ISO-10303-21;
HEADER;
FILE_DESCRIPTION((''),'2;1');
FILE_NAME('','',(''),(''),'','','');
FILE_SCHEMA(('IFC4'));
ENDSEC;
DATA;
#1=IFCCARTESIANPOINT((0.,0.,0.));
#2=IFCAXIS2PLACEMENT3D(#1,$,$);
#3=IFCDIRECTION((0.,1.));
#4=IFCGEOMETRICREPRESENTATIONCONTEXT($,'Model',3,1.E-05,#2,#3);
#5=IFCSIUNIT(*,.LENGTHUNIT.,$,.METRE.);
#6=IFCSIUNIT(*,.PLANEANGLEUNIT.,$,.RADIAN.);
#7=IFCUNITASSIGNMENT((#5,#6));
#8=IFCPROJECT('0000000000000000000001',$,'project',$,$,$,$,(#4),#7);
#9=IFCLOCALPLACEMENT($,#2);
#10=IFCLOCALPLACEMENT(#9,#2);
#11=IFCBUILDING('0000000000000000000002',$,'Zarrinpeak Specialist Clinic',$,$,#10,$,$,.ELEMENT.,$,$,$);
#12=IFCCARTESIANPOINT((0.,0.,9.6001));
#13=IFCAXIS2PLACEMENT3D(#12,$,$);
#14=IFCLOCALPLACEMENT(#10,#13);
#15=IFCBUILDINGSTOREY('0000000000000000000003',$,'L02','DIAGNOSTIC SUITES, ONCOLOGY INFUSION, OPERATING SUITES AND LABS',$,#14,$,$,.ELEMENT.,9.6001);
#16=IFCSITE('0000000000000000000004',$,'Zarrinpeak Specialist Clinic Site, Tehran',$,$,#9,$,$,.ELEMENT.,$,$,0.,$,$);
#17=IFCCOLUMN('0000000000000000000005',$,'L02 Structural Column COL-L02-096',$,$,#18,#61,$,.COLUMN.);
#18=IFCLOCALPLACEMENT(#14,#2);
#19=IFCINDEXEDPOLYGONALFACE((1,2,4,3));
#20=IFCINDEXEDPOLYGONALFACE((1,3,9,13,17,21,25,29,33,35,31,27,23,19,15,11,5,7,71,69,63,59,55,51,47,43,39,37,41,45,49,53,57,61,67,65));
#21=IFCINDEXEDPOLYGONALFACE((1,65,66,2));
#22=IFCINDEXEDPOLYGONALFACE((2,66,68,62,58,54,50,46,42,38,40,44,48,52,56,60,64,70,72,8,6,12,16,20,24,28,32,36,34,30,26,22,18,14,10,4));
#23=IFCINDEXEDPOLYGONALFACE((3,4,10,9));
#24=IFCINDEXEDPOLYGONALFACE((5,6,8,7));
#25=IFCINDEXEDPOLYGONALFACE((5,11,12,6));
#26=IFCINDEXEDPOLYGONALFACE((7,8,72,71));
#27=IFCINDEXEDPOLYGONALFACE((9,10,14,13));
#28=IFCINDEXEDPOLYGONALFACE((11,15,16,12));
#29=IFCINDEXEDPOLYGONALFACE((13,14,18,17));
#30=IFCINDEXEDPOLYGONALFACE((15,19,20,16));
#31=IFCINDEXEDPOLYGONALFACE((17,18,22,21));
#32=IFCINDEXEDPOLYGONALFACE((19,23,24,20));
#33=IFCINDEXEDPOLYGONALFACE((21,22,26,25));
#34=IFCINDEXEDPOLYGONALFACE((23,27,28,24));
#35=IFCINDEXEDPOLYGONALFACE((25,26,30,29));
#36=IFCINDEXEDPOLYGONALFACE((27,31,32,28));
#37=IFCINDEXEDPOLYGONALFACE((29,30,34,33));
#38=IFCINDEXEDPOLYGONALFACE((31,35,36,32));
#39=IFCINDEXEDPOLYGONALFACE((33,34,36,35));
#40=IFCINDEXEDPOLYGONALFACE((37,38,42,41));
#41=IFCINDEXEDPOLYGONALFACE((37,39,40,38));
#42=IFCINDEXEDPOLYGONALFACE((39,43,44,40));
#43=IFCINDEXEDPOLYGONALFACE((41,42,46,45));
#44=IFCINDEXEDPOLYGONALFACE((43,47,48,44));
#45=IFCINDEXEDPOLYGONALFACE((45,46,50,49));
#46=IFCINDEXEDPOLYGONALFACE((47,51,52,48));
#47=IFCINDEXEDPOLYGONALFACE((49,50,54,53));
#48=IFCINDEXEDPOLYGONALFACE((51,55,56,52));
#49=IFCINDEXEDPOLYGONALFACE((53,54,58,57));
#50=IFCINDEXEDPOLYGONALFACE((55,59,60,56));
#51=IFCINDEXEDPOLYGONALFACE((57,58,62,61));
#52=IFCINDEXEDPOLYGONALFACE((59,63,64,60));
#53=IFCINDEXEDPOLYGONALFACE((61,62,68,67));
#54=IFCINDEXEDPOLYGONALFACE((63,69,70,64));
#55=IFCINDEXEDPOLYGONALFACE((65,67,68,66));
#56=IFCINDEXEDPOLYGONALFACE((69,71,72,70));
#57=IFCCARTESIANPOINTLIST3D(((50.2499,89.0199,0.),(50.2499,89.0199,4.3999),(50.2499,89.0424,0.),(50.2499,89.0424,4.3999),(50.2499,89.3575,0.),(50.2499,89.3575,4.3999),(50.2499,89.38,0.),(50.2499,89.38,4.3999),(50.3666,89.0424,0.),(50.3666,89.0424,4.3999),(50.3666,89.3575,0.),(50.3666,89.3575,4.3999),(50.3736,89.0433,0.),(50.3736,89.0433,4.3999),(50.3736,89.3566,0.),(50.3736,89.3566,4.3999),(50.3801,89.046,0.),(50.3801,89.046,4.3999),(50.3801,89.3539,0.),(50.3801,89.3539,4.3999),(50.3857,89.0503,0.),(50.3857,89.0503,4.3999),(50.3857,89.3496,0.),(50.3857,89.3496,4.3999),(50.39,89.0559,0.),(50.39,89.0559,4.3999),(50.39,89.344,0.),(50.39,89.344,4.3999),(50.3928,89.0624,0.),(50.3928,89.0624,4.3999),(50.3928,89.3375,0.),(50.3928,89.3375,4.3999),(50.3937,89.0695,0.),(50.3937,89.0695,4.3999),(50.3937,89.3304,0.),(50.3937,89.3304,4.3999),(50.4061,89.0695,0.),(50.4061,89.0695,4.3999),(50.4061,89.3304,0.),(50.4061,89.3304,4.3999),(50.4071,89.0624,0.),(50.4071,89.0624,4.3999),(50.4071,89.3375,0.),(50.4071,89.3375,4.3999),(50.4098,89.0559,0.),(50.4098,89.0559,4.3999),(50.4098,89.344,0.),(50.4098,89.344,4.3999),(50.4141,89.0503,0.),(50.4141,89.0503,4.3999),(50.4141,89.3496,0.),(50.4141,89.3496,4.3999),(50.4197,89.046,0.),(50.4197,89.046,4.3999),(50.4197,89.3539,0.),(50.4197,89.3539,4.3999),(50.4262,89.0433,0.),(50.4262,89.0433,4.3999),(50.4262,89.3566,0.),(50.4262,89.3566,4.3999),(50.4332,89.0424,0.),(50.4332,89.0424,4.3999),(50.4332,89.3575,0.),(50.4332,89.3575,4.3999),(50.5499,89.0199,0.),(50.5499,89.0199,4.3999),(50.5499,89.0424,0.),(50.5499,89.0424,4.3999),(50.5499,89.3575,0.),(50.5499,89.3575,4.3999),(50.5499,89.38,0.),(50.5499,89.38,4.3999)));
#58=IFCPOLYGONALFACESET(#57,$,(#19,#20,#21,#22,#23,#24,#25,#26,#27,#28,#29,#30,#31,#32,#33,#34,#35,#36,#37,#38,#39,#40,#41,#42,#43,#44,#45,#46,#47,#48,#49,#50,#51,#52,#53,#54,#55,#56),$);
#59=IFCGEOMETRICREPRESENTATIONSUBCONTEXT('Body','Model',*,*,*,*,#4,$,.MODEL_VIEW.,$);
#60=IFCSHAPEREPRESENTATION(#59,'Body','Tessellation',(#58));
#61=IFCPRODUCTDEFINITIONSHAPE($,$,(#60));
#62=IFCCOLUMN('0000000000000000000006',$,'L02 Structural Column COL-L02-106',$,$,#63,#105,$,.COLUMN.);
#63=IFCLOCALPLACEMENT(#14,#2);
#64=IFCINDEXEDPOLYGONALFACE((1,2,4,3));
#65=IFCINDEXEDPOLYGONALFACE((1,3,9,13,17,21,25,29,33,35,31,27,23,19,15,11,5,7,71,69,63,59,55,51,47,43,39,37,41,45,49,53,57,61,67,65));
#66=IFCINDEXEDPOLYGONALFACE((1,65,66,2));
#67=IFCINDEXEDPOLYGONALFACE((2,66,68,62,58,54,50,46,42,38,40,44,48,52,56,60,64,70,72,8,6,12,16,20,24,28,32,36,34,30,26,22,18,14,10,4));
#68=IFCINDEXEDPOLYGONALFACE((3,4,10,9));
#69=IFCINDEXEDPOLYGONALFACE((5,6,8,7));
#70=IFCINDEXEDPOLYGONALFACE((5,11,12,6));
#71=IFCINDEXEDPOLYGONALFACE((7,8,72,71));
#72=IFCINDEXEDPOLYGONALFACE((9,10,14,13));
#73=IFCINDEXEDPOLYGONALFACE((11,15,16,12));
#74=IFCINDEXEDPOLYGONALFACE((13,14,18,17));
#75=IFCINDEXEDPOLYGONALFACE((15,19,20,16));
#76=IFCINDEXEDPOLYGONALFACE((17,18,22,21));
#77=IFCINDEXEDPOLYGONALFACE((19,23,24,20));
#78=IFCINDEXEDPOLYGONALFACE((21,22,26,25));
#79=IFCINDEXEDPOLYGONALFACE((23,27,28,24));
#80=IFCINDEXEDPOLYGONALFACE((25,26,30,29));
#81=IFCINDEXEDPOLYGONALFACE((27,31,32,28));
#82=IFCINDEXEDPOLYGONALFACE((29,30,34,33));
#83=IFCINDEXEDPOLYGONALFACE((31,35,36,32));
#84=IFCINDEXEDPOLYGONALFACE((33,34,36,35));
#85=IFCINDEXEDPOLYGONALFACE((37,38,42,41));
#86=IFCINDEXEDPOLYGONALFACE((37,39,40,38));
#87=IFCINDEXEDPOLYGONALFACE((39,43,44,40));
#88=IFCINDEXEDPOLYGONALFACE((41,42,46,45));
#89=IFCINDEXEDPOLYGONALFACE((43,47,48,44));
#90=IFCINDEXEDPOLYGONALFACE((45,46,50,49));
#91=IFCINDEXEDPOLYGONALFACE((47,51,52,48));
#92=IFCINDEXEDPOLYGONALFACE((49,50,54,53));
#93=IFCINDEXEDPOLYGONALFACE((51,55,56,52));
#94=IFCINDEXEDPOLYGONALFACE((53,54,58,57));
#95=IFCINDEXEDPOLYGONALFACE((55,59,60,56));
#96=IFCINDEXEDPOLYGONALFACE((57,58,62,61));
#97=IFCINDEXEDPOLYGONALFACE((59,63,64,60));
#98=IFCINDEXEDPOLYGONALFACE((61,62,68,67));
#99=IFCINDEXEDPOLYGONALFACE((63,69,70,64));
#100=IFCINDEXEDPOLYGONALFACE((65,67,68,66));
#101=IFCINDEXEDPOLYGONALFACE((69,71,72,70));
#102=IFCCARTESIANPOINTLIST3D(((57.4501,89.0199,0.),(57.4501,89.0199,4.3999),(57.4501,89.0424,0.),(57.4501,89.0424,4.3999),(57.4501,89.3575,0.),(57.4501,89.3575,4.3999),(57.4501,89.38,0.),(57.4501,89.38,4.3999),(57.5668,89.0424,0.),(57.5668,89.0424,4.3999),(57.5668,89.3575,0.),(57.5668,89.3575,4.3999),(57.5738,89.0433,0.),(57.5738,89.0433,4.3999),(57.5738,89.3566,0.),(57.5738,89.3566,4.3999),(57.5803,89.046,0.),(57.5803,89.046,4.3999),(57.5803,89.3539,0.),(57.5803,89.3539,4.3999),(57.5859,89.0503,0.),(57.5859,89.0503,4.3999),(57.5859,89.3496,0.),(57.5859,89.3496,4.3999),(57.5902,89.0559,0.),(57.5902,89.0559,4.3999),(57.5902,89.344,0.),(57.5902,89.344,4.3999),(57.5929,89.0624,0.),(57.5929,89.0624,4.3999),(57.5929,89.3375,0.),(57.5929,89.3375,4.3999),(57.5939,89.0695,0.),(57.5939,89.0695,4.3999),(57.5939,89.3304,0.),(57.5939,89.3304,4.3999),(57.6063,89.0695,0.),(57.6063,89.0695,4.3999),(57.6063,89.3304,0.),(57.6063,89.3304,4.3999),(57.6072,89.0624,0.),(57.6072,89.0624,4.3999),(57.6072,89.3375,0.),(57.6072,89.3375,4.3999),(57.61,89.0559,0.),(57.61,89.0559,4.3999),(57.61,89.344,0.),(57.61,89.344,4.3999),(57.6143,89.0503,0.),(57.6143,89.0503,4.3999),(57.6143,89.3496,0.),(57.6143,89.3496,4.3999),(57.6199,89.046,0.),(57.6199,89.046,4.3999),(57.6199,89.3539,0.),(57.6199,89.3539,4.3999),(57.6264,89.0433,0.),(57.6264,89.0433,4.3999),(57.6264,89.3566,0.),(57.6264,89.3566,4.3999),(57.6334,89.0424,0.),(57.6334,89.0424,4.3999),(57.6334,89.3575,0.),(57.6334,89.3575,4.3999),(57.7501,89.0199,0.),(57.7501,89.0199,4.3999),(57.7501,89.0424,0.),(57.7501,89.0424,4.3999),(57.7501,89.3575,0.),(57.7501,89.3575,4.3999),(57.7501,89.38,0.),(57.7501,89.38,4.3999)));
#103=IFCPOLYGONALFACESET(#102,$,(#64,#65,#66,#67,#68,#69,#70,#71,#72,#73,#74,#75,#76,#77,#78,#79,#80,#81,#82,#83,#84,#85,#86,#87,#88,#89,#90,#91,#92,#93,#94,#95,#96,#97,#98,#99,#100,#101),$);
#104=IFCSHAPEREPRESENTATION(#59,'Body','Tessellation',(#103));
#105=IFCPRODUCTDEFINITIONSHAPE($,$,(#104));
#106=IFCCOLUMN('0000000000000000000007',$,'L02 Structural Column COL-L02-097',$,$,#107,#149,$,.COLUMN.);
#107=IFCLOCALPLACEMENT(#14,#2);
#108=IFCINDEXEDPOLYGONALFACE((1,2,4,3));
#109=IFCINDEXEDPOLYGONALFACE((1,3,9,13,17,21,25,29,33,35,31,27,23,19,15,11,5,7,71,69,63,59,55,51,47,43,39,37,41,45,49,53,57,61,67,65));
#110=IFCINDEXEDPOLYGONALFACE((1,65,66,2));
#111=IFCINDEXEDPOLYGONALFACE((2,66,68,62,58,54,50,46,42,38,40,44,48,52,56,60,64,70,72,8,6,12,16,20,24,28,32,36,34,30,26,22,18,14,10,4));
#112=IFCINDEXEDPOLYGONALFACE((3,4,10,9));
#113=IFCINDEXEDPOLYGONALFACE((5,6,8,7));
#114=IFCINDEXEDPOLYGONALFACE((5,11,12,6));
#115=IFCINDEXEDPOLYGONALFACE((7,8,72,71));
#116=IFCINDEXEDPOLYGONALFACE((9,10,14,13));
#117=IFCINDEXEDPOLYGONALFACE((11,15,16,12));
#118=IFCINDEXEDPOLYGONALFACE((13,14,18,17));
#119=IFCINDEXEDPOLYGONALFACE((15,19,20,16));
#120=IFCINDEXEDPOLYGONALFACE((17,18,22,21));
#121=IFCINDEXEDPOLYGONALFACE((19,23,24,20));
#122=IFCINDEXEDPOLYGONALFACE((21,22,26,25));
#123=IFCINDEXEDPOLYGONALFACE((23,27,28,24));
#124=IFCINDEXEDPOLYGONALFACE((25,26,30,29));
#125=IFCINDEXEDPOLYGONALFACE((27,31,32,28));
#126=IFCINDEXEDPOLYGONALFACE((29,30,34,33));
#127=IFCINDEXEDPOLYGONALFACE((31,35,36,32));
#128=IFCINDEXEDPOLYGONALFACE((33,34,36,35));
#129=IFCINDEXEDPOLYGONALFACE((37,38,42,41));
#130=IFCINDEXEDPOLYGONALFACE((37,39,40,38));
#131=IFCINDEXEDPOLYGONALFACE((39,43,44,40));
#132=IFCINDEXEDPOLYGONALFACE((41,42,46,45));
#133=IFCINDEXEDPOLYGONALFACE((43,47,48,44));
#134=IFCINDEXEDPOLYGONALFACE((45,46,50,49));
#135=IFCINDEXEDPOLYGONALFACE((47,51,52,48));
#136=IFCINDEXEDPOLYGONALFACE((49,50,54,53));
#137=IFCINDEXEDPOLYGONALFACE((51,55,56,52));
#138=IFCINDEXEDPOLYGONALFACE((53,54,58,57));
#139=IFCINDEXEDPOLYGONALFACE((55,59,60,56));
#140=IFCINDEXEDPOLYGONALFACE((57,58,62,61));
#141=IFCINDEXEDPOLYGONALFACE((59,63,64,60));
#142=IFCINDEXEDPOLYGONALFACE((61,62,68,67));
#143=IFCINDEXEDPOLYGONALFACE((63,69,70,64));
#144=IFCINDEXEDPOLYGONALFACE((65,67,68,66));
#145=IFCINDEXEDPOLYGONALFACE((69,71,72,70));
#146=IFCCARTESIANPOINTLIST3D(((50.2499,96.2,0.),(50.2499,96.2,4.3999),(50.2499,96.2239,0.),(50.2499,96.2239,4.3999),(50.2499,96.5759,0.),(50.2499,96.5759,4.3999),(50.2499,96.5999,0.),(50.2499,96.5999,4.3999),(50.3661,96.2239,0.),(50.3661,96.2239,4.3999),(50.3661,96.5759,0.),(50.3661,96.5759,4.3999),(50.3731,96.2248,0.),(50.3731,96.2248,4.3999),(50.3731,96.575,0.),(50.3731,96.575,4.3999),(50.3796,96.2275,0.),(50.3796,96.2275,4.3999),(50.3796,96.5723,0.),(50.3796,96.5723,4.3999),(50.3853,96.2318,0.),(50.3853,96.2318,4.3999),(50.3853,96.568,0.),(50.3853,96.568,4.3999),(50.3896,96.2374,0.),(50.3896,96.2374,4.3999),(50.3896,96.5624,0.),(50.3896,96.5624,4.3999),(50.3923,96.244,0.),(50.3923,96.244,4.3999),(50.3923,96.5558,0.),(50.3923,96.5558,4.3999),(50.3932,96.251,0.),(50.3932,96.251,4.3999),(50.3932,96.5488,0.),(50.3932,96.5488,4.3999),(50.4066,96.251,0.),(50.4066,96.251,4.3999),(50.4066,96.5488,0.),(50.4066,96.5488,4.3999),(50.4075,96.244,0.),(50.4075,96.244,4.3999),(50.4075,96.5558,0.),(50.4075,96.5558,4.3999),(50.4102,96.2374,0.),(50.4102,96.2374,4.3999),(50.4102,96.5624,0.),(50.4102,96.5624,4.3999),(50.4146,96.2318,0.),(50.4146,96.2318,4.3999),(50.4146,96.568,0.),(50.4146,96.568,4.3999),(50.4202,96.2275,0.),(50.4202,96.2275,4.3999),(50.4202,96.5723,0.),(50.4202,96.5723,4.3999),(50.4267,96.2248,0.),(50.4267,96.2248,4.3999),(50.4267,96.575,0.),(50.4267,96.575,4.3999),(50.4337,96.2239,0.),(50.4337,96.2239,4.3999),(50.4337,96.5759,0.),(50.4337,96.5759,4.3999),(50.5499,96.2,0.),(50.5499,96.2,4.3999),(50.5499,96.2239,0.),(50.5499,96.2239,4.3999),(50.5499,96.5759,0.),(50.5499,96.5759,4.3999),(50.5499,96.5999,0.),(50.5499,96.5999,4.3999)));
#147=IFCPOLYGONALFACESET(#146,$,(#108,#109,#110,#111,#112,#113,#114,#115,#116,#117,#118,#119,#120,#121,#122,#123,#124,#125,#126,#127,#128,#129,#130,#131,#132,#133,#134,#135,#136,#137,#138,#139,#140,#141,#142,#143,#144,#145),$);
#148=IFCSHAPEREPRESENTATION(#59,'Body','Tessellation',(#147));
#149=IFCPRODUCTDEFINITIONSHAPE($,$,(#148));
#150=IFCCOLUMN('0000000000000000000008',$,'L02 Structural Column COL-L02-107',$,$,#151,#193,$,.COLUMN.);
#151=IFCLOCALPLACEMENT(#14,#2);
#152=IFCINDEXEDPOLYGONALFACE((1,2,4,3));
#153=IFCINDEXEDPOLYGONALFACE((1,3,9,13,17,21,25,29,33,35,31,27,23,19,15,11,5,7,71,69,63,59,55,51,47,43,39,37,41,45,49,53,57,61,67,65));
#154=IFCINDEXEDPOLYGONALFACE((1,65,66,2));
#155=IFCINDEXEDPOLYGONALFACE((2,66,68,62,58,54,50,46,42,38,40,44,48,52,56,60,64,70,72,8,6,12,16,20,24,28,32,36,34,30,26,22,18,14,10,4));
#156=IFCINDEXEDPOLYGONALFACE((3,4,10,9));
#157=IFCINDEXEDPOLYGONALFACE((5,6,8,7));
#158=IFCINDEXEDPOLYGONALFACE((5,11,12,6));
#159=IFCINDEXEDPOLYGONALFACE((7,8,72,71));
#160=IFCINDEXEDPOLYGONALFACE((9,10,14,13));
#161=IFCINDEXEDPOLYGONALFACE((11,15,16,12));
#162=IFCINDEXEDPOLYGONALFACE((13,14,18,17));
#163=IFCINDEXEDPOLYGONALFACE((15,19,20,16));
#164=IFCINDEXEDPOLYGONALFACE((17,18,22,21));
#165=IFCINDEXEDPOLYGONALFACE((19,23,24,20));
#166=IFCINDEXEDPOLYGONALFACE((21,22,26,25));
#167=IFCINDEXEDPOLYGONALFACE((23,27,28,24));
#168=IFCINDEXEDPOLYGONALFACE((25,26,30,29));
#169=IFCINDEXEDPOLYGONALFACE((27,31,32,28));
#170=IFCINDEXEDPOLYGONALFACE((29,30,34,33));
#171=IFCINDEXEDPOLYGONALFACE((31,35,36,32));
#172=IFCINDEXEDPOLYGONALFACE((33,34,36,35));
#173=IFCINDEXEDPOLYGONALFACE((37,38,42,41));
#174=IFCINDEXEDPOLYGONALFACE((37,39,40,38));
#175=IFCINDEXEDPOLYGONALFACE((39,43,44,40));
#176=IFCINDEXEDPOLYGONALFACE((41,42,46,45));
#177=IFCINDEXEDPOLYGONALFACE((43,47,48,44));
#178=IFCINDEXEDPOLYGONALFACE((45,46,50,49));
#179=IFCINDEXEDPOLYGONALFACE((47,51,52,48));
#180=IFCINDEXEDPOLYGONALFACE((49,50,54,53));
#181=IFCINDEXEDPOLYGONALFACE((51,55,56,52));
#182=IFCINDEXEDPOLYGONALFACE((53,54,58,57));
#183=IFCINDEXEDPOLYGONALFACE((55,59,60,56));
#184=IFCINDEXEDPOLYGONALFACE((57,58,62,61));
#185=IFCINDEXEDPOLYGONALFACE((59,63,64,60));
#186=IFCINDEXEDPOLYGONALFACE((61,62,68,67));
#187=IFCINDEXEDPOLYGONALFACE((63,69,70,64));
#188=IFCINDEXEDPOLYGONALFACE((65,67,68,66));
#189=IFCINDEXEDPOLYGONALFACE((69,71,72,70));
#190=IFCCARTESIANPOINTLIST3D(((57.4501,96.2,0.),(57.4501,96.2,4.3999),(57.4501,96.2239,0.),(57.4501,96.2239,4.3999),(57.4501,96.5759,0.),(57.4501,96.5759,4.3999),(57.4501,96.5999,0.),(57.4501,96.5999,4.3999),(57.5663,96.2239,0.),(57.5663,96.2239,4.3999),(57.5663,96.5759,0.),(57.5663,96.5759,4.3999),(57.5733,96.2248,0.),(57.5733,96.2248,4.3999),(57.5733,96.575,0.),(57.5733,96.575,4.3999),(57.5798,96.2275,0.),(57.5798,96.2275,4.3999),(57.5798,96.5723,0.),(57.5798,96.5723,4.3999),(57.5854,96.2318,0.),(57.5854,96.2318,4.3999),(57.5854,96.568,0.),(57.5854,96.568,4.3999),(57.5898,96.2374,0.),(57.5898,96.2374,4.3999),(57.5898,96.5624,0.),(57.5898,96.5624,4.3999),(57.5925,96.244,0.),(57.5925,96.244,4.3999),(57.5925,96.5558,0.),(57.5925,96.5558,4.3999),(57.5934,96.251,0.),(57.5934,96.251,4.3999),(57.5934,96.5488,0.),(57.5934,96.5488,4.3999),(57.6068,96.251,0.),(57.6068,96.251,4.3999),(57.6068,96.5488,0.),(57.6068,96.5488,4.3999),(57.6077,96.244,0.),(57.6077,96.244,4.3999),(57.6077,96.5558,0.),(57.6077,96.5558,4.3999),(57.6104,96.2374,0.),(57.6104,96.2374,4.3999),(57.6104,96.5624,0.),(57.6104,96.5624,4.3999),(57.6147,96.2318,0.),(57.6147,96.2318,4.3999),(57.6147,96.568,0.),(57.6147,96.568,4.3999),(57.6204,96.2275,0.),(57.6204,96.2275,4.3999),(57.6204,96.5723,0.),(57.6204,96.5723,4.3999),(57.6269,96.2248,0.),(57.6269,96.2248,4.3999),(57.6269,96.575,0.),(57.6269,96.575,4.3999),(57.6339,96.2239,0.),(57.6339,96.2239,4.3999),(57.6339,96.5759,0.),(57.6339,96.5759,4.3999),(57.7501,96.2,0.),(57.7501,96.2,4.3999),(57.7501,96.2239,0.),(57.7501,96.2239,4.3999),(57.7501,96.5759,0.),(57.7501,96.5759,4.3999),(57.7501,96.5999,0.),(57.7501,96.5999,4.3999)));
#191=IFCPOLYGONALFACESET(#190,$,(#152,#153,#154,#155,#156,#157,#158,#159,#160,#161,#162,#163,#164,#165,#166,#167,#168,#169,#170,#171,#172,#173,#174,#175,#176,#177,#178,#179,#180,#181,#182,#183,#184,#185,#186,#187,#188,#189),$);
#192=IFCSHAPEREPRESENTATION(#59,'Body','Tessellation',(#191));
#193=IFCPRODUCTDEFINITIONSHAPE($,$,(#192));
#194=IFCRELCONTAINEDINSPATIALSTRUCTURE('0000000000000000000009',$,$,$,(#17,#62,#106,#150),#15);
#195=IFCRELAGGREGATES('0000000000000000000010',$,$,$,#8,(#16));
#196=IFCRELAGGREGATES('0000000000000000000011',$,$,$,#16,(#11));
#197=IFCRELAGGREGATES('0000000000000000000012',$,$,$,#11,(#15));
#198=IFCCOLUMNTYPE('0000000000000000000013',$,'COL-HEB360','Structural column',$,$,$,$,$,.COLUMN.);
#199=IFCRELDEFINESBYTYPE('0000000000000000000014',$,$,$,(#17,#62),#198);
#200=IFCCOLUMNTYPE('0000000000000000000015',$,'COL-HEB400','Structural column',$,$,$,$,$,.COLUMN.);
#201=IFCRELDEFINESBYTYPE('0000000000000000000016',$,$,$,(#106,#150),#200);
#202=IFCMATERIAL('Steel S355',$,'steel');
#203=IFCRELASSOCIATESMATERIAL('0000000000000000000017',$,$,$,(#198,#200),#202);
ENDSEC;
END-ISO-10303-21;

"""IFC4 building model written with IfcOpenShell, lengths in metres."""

from ifc_helpers import new_model, si_unit, direction, frame, origin, origin_2d, place, context, subcontext, project, spatial, i_section, extrude, material, material_profile, profile_set, type_object, element, save


model = new_model("IFC4")

# Units and contexts
model_context = context("Model", 3, precision=1e-05, world=origin(), true_north=direction((0.0, 1.0)))
body_context = subcontext(model_context, "Body", "Model", "MODEL_VIEW")
ifc_project = project(units=[si_unit("LENGTHUNIT", "METRE"), si_unit("PLANEANGLEUNIT", "RADIAN")], contexts=[model_context])

# Site, building, storey
site_placement = place(None, origin())
site = spatial("IfcSite", under=ifc_project, at=site_placement, Name="Zarrinpeak Specialist Clinic Site, Tehran", CompositionType="ELEMENT", RefElevation=0.0)
building_placement = place(site_placement, origin())
building = spatial("IfcBuilding", under=site, at=building_placement, Name="Zarrinpeak Specialist Clinic", CompositionType="ELEMENT")
storey_placement = place(building_placement, frame((0.0, 0.0, 9.6001)))
storey = spatial("IfcBuildingStorey", under=building, at=storey_placement, Name="L02", Description="DIAGNOSTIC SUITES, ONCOLOGY INFUSION, OPERATING SUITES AND LABS", CompositionType="ELEMENT", Elevation=9.6001)

# Columns
ifc_material_1 = material(Name="Steel S355", Category="steel")
ifc_material_profile_1 = material_profile(ifc_material_1, i_section(OverallWidth=0.3, OverallDepth=0.3601, WebThickness=0.0125, FlangeThickness=0.0225, FilletRadius=0.0271, at=origin_2d()), Name="HEB 360")
ifc_profile_set_1 = profile_set([ifc_material_profile_1], Name="Steel S355")
column_type_1 = type_object("IfcColumnType", Name="COL-HEB360", Description="Structural column", PredefinedType="COLUMN", material=ifc_profile_set_1)
for number, where, z_axis, x_axis, name in (
    (1, (50.3999, 89.2, 0.0), (0.0, 0.0, 1.0), (1.0, 0.0, 0.0), "L02 Structural Column COL-L02-096"),
    (2, (57.6001, 89.2, 0.0), (0.0, 0.0, 1.0), (1.0, 0.0, 0.0), "L02 Structural Column COL-L02-106"),
):
    element("IfcColumn", number, at=place(storey_placement, frame(where, z_axis=z_axis, x_axis=x_axis)), inside=storey, type_object=column_type_1, Name=name, PredefinedType="COLUMN", context=body_context, shape_type="SweptSolid", body=[
        extrude(i_section(OverallWidth=0.3, OverallDepth=0.3601, WebThickness=0.0125, FlangeThickness=0.0225, FilletRadius=0.0271, at=origin_2d()), origin(), (0.0, 0.0, 1.0), 4.3999),
    ])
ifc_material_profile_2 = material_profile(ifc_material_1, i_section(OverallWidth=0.3, OverallDepth=0.3999, WebThickness=0.0134, FlangeThickness=0.0239, FilletRadius=0.0271, at=origin_2d()), Name="HEB 400")
ifc_profile_set_2 = profile_set([ifc_material_profile_2], Name="Steel S355")
column_type_2 = type_object("IfcColumnType", Name="COL-HEB400", Description="Structural column", PredefinedType="COLUMN", material=ifc_profile_set_2)
for number, where, z_axis, x_axis, name in (
    (3, (50.3999, 96.3999, 0.0), (0.0, 0.0, 1.0), (1.0, 0.0, 0.0), "L02 Structural Column COL-L02-097"),
    (4, (57.6001, 96.3999, 0.0), (0.0, 0.0, 1.0), (1.0, 0.0, 0.0), "L02 Structural Column COL-L02-107"),
):
    element("IfcColumn", number, at=place(storey_placement, frame(where, z_axis=z_axis, x_axis=x_axis)), inside=storey, type_object=column_type_2, Name=name, PredefinedType="COLUMN", context=body_context, shape_type="SweptSolid", body=[
        extrude(i_section(OverallWidth=0.3, OverallDepth=0.3999, WebThickness=0.0134, FlangeThickness=0.0239, FilletRadius=0.0271, at=origin_2d()), origin(), (0.0, 0.0, 1.0), 4.3999),
    ])

save(model, "model.ifc")
